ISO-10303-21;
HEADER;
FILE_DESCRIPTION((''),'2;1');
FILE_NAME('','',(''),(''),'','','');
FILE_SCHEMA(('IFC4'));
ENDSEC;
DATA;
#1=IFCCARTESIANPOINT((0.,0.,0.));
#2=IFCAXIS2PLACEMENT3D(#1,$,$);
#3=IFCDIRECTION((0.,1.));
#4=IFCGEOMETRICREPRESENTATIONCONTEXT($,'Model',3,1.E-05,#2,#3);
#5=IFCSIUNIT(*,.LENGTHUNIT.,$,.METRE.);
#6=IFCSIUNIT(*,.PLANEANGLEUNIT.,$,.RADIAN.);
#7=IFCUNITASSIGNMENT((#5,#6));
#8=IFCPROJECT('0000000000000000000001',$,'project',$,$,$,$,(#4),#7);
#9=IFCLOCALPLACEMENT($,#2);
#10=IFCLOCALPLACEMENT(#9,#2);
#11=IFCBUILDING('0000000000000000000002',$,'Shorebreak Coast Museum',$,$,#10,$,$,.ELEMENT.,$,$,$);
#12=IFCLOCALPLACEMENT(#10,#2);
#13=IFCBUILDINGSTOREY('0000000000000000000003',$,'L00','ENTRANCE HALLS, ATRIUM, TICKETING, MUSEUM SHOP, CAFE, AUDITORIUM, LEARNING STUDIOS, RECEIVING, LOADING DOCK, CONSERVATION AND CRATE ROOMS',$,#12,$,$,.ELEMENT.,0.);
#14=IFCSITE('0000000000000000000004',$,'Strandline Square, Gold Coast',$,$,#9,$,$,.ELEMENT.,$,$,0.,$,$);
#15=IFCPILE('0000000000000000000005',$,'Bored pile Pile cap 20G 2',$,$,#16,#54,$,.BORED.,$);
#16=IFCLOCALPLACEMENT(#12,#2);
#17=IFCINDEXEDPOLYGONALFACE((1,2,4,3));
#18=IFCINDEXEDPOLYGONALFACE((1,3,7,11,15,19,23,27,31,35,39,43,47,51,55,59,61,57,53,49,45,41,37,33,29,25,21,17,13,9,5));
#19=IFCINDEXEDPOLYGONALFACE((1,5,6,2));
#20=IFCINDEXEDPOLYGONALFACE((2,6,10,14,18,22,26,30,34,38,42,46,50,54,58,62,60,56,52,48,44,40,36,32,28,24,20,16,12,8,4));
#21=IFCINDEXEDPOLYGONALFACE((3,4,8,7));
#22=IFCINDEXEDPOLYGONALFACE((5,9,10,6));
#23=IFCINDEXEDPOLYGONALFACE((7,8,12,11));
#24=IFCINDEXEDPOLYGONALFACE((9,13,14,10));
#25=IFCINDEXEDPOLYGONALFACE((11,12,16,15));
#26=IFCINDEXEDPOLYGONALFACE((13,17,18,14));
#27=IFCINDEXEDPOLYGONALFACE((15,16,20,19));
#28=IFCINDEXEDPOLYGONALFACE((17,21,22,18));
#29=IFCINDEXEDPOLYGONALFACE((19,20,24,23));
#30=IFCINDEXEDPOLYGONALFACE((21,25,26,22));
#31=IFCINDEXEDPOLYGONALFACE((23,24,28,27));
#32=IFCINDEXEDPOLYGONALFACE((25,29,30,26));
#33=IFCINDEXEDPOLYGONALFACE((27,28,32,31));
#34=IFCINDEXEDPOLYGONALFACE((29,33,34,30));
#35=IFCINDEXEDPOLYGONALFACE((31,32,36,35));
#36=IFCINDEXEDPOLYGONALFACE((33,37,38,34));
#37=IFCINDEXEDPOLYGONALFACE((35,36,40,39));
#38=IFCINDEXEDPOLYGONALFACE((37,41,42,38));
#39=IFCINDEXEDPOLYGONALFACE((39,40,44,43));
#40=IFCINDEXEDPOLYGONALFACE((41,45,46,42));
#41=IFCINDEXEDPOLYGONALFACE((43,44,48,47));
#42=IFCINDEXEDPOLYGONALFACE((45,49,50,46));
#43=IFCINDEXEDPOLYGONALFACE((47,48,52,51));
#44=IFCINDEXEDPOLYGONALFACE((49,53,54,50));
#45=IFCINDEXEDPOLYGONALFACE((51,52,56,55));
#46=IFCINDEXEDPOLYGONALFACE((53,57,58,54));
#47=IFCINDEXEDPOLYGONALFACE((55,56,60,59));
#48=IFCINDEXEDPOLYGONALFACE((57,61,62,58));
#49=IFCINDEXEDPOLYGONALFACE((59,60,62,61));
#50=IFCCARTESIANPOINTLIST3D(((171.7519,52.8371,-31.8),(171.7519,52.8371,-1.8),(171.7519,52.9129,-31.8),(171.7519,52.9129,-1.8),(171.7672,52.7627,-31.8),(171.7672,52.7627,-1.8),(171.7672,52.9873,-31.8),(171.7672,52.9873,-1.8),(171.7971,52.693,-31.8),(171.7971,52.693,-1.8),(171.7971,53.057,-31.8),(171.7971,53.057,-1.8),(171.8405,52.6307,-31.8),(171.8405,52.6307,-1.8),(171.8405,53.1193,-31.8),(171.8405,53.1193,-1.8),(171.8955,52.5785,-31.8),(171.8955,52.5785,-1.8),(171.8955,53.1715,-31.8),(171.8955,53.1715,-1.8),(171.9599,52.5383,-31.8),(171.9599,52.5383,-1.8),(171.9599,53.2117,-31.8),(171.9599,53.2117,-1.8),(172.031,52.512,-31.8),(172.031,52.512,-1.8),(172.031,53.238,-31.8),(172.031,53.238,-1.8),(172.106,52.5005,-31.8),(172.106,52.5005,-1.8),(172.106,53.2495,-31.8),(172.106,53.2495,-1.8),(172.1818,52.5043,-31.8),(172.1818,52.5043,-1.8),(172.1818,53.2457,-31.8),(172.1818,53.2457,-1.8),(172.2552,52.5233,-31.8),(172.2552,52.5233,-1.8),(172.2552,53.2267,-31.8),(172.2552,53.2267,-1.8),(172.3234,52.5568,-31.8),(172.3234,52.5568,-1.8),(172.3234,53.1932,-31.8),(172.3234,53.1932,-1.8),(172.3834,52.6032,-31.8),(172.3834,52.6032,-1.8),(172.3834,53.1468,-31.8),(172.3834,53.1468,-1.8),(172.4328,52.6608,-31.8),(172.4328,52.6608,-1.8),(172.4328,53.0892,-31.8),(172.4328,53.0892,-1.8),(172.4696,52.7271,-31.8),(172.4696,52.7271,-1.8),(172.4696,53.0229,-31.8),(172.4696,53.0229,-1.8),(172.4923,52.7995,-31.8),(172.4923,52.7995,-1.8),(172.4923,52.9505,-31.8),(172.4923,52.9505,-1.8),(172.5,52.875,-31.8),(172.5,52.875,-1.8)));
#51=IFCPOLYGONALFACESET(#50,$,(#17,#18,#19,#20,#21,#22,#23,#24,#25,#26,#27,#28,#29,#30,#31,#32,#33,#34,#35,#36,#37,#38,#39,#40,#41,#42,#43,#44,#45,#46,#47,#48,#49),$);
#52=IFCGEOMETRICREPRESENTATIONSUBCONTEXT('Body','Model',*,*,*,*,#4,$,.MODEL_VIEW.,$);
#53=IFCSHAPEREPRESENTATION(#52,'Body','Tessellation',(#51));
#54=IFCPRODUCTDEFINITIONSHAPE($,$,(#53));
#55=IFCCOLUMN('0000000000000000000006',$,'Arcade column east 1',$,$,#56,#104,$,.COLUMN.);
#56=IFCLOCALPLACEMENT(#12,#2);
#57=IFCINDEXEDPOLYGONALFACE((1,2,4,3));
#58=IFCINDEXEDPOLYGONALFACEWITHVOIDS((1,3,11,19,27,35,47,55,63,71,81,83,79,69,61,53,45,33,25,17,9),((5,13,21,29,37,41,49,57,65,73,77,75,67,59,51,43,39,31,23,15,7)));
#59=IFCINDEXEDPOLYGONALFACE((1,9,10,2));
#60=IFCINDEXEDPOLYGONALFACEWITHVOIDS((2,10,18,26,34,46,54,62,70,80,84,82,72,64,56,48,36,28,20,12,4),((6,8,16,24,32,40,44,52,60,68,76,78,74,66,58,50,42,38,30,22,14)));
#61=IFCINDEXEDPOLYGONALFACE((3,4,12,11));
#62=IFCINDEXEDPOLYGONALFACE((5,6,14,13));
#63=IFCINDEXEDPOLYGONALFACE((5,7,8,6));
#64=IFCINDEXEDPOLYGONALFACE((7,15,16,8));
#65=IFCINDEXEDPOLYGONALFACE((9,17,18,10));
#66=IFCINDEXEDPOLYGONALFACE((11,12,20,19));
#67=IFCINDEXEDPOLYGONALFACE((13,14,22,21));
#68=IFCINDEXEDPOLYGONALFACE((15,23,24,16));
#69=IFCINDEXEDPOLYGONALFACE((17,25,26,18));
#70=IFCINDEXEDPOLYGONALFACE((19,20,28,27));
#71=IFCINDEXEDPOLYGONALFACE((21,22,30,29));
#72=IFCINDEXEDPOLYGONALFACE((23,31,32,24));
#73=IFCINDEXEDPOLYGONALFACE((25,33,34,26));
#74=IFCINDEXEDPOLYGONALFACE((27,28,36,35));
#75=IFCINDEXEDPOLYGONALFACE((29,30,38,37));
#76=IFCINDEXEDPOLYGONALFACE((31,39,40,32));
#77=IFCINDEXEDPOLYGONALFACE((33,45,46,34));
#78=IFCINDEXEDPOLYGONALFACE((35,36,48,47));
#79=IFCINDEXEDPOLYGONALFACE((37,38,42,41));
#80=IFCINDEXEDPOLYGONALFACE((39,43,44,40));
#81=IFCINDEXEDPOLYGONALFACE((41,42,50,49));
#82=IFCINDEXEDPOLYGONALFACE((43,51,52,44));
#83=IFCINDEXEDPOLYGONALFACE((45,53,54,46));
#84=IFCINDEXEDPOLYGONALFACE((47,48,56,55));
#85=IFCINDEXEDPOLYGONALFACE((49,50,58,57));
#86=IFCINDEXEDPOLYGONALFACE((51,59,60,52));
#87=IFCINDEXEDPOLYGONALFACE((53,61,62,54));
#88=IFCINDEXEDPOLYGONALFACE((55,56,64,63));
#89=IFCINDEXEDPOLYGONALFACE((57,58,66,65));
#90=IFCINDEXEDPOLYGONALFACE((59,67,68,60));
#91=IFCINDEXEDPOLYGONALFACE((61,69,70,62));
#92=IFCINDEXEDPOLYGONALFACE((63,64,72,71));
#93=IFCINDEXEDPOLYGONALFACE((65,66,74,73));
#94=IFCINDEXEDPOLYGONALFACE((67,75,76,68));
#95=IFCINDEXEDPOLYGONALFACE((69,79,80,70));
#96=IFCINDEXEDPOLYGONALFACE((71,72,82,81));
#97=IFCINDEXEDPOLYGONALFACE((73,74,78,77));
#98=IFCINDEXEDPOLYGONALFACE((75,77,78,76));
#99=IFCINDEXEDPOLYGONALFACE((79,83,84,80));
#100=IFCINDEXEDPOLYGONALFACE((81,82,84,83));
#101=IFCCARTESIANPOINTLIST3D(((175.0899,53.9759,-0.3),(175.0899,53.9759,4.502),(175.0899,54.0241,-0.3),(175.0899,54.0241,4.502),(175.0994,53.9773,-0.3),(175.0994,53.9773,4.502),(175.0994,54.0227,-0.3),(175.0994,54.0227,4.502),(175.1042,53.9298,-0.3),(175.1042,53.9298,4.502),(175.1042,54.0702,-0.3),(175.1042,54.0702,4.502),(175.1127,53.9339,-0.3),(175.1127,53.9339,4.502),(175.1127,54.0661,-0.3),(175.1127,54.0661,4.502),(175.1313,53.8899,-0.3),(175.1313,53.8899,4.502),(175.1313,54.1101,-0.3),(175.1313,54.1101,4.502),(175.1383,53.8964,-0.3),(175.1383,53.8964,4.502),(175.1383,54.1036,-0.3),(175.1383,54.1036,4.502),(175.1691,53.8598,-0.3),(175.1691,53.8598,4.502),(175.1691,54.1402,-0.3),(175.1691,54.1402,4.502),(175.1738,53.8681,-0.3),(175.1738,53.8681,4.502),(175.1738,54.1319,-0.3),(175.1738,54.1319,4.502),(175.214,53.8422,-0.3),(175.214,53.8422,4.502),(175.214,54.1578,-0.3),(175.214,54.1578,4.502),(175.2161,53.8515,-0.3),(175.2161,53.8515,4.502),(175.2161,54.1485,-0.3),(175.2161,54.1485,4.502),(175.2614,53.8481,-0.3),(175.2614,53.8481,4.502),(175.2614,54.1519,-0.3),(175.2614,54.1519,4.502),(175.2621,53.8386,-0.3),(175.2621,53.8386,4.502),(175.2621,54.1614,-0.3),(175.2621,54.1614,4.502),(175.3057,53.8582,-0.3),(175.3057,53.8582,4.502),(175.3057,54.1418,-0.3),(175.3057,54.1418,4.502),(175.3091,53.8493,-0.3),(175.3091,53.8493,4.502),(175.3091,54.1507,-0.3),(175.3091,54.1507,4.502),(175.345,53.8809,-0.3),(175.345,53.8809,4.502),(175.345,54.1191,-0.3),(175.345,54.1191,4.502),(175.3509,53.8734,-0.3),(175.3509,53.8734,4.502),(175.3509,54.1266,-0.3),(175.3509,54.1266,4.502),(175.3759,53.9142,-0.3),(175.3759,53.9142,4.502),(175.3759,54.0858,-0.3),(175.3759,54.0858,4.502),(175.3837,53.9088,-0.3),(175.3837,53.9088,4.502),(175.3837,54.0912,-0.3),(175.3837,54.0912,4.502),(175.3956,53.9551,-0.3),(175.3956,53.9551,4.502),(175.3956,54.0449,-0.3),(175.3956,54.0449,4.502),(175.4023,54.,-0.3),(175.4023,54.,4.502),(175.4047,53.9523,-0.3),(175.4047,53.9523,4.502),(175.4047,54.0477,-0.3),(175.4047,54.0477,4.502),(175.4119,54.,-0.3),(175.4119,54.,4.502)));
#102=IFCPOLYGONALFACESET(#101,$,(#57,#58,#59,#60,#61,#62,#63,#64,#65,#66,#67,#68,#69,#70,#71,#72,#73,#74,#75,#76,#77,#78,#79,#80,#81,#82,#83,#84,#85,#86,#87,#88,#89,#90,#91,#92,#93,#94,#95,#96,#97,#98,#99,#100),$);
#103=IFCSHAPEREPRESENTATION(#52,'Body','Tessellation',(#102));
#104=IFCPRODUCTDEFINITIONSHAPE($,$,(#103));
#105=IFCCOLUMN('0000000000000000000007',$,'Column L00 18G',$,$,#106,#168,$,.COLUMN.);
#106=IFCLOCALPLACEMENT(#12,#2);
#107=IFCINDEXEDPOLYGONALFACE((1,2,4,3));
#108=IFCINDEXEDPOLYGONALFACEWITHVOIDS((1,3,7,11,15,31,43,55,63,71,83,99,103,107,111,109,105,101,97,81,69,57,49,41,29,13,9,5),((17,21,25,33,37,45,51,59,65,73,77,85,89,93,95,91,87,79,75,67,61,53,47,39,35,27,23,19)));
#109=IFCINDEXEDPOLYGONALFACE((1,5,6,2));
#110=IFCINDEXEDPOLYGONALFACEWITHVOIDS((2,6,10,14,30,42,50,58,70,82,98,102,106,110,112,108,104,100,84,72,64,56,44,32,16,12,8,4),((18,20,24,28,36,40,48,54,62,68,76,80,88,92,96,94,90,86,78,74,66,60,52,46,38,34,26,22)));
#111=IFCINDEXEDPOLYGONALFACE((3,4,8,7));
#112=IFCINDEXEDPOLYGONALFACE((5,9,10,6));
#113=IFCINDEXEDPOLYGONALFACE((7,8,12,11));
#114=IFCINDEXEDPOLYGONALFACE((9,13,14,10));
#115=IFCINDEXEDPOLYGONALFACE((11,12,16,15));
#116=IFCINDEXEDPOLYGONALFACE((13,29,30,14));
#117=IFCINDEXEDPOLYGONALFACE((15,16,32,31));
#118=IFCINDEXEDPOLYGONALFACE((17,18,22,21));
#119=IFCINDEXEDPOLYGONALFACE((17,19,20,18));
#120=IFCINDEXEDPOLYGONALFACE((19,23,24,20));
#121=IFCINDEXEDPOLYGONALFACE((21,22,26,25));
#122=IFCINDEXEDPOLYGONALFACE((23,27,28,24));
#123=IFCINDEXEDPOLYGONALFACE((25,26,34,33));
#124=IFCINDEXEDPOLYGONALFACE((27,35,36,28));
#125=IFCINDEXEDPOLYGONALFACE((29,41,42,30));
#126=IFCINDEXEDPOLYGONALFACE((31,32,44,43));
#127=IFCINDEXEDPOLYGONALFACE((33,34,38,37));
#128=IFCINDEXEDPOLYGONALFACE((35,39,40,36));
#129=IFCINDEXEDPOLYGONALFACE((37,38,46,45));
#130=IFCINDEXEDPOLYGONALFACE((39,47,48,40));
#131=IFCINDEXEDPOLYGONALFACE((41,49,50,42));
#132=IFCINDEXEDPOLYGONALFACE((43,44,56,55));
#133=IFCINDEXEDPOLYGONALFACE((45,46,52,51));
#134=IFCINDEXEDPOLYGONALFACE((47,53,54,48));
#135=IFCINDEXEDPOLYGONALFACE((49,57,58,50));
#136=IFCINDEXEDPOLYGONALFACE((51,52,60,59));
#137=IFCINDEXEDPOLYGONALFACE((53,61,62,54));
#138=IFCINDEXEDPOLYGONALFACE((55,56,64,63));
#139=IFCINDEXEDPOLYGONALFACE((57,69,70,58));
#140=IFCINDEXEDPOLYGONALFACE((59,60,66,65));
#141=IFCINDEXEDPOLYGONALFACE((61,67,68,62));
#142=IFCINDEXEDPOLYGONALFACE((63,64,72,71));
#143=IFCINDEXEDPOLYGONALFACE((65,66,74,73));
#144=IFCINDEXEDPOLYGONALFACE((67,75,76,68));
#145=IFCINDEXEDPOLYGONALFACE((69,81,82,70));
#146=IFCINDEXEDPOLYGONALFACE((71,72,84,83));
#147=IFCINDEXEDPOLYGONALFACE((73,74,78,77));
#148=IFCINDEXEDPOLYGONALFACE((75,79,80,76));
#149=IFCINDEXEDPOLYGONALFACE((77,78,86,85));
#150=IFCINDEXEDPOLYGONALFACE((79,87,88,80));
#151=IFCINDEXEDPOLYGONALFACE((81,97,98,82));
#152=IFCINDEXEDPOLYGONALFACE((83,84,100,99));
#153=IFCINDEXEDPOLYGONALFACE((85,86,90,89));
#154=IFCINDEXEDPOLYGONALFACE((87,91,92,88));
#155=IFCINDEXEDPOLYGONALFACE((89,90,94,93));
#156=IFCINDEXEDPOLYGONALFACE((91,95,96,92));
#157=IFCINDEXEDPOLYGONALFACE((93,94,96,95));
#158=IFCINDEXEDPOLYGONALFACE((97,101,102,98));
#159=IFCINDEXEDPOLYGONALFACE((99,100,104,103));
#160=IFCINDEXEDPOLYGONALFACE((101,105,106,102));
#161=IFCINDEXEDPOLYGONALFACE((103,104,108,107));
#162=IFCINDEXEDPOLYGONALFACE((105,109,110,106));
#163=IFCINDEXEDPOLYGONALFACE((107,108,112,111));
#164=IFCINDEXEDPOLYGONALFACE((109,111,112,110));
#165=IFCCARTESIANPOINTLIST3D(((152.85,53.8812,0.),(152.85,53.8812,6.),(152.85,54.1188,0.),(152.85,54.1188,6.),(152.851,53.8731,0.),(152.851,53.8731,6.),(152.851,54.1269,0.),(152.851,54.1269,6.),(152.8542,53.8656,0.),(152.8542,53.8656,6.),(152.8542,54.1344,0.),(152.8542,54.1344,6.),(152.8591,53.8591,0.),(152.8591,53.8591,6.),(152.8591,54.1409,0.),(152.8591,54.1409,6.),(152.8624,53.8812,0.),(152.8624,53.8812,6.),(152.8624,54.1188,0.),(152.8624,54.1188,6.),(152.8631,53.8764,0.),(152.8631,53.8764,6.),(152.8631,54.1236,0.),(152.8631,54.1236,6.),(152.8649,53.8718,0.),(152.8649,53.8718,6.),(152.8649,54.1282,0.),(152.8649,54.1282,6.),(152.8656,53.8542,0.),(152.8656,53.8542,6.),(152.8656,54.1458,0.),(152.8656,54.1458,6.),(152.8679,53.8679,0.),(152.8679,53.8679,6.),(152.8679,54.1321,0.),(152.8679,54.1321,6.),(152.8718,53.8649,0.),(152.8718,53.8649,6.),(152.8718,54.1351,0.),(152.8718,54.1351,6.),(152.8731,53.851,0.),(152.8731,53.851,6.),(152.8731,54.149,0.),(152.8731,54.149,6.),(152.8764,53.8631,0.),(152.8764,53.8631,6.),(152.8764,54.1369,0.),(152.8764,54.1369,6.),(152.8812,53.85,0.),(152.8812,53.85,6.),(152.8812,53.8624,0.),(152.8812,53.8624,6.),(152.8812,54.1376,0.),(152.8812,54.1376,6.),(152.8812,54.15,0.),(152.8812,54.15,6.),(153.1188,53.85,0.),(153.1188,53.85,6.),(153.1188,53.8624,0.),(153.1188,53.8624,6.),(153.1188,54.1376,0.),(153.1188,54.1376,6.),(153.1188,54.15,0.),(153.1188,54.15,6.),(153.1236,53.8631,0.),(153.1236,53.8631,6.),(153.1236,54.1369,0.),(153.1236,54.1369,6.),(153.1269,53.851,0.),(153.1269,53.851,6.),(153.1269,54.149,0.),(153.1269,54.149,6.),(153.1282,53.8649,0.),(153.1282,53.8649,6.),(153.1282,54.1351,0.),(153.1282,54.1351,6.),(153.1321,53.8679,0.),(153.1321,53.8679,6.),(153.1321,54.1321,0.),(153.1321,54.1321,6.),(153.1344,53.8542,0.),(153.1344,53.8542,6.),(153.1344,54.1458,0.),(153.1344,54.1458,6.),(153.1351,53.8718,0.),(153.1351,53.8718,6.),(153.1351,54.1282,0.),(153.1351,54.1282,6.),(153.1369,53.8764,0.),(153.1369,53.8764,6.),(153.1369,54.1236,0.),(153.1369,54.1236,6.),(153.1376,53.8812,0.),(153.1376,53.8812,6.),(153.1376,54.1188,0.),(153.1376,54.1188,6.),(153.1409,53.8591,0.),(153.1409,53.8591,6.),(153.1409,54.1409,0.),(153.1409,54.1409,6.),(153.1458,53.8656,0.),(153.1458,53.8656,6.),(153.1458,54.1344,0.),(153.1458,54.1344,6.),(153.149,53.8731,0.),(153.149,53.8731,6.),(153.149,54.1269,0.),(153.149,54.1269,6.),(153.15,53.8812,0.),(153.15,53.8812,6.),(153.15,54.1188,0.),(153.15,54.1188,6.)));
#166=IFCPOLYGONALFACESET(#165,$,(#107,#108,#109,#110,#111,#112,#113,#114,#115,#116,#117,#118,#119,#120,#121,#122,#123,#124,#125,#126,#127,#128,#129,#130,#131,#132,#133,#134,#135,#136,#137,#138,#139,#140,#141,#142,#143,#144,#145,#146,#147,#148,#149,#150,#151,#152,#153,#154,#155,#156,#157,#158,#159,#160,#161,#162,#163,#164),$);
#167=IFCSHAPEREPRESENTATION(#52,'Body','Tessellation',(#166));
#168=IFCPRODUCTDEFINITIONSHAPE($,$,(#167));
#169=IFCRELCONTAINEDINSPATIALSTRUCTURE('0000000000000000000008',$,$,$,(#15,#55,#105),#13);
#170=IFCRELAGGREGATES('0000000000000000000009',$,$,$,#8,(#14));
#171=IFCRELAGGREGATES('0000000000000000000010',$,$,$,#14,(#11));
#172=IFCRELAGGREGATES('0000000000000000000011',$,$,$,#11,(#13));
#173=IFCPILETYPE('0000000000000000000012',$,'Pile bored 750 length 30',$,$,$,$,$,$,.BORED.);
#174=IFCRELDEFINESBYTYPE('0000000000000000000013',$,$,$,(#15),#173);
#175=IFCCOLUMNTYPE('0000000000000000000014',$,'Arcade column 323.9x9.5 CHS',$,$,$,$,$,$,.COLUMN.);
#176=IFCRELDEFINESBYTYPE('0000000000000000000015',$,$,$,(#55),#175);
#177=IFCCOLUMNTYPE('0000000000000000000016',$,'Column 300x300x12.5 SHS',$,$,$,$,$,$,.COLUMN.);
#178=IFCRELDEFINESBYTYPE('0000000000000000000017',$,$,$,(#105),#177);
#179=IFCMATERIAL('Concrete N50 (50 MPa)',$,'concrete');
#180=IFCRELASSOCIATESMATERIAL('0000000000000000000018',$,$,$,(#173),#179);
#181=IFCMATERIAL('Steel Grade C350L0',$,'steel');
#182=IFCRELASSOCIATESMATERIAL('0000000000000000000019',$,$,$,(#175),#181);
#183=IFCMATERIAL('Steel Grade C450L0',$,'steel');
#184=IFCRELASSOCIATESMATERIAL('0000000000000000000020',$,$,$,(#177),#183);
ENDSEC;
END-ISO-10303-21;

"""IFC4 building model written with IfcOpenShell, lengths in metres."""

from ifc_helpers import new_model, si_unit, direction, frame, origin, origin_2d, place, context, subcontext, project, spatial, hollow_rectangle, circle, hollow_circle, extrude, material, material_profile, profile_set, type_object, element, save


model = new_model("IFC4")

# Units and contexts
model_context = context("Model", 3, precision=1e-05, world=origin(), true_north=direction((0.0, 1.0)))
body_context = subcontext(model_context, "Body", "Model", "MODEL_VIEW")
ifc_project = project(units=[si_unit("LENGTHUNIT", "METRE"), si_unit("PLANEANGLEUNIT", "RADIAN")], contexts=[model_context])

# Site, building, storey
site_placement = place(None, origin())
site = spatial("IfcSite", under=ifc_project, at=site_placement, Name="Strandline Square, Gold Coast", CompositionType="ELEMENT", RefElevation=0.0)
building_placement = place(site_placement, origin())
building = spatial("IfcBuilding", under=site, at=building_placement, Name="Shorebreak Coast Museum", CompositionType="ELEMENT")
storey_placement = place(building_placement, origin())
storey = spatial("IfcBuildingStorey", under=building, at=storey_placement, Name="L00", Description="ENTRANCE HALLS, ATRIUM, TICKETING, MUSEUM SHOP, CAFE, AUDITORIUM, LEARNING STUDIOS, RECEIVING, LOADING DOCK, CONSERVATION AND CRATE ROOMS", CompositionType="ELEMENT", Elevation=0.0)

# Pile
ifc_material_1 = material(Name="Concrete N50 (50 MPa)", Category="concrete")
ifc_material_profile_1 = material_profile(ifc_material_1, circle(Radius=0.375, at=origin_2d()), Name="Pile bored 750 length 30")
ifc_profile_set_1 = profile_set([ifc_material_profile_1], Name="Concrete N50 (50 MPa)")
pile_type_1 = type_object("IfcPileType", Name="Pile bored 750 length 30", PredefinedType="BORED", material=ifc_profile_set_1)
for number, where, z_axis, x_axis, name in (
    (1, (172.125, 52.875, -1.8), (0.0, 0.0, -1.0), (1.0, 0.0, 0.0), "Bored pile Pile cap 20G 2"),
):
    element("IfcPile", number, at=place(storey_placement, frame(where, z_axis=z_axis, x_axis=x_axis)), inside=storey, type_object=pile_type_1, Name=name, PredefinedType="BORED", context=body_context, shape_type="SweptSolid", body=[
        extrude(circle(Radius=0.375, at=origin_2d()), origin(), (0.0, 0.0, 1.0), 30.0),
    ])

# Columns
ifc_material_2 = material(Name="Steel Grade C350L0", Category="steel")
ifc_material_profile_2 = material_profile(ifc_material_2, hollow_circle(Radius=0.1619, WallThickness=0.0095, at=origin_2d()), Name="323.9x9.5 CHS")
ifc_profile_set_2 = profile_set([ifc_material_profile_2], Name="Steel Grade C350L0")
column_type_1 = type_object("IfcColumnType", Name="Arcade column 323.9x9.5 CHS", PredefinedType="COLUMN", material=ifc_profile_set_2)
column_placement = place(storey_placement, frame((175.25, 54.0, -0.3), z_axis=(0.0, 0.0, 1.0), x_axis=(1.0, 0.0, 0.0)))
element("IfcColumn", 2, at=column_placement, inside=storey, type_object=column_type_1, Name="Arcade column east 1", PredefinedType="COLUMN", context=body_context, shape_type="SweptSolid", body=[
    extrude(hollow_circle(Radius=0.1619, WallThickness=0.0095, at=origin_2d()), origin(), (0.0, 0.0, 1.0), 4.802),
])
ifc_material_3 = material(Name="Steel Grade C450L0", Category="steel")
ifc_material_profile_3 = material_profile(ifc_material_3, hollow_rectangle(XDim=0.3, YDim=0.3, WallThickness=0.0125, InnerFilletRadius=0.0188, OuterFilletRadius=0.0312, at=origin_2d()), Name="300x300x12.5 SHS")
ifc_profile_set_3 = profile_set([ifc_material_profile_3], Name="Steel Grade C450L0")
column_type_2 = type_object("IfcColumnType", Name="Column 300x300x12.5 SHS", PredefinedType="COLUMN", material=ifc_profile_set_3)
for number, where, z_axis, x_axis, name in (
    (3, (153.0, 54.0, 0.0), (0.0, 0.0, 1.0), (1.0, 0.0, 0.0), "Column L00 18G"),
):
    element("IfcColumn", number, at=place(storey_placement, frame(where, z_axis=z_axis, x_axis=x_axis)), inside=storey, type_object=column_type_2, Name=name, PredefinedType="COLUMN", context=body_context, shape_type="SweptSolid", body=[
        extrude(hollow_rectangle(XDim=0.3, YDim=0.3, WallThickness=0.0125, InnerFilletRadius=0.0188, OuterFilletRadius=0.0312, at=origin_2d()), origin(), (0.0, 0.0, 1.0), 6.0),
    ])

save(model, "model.ifc")
